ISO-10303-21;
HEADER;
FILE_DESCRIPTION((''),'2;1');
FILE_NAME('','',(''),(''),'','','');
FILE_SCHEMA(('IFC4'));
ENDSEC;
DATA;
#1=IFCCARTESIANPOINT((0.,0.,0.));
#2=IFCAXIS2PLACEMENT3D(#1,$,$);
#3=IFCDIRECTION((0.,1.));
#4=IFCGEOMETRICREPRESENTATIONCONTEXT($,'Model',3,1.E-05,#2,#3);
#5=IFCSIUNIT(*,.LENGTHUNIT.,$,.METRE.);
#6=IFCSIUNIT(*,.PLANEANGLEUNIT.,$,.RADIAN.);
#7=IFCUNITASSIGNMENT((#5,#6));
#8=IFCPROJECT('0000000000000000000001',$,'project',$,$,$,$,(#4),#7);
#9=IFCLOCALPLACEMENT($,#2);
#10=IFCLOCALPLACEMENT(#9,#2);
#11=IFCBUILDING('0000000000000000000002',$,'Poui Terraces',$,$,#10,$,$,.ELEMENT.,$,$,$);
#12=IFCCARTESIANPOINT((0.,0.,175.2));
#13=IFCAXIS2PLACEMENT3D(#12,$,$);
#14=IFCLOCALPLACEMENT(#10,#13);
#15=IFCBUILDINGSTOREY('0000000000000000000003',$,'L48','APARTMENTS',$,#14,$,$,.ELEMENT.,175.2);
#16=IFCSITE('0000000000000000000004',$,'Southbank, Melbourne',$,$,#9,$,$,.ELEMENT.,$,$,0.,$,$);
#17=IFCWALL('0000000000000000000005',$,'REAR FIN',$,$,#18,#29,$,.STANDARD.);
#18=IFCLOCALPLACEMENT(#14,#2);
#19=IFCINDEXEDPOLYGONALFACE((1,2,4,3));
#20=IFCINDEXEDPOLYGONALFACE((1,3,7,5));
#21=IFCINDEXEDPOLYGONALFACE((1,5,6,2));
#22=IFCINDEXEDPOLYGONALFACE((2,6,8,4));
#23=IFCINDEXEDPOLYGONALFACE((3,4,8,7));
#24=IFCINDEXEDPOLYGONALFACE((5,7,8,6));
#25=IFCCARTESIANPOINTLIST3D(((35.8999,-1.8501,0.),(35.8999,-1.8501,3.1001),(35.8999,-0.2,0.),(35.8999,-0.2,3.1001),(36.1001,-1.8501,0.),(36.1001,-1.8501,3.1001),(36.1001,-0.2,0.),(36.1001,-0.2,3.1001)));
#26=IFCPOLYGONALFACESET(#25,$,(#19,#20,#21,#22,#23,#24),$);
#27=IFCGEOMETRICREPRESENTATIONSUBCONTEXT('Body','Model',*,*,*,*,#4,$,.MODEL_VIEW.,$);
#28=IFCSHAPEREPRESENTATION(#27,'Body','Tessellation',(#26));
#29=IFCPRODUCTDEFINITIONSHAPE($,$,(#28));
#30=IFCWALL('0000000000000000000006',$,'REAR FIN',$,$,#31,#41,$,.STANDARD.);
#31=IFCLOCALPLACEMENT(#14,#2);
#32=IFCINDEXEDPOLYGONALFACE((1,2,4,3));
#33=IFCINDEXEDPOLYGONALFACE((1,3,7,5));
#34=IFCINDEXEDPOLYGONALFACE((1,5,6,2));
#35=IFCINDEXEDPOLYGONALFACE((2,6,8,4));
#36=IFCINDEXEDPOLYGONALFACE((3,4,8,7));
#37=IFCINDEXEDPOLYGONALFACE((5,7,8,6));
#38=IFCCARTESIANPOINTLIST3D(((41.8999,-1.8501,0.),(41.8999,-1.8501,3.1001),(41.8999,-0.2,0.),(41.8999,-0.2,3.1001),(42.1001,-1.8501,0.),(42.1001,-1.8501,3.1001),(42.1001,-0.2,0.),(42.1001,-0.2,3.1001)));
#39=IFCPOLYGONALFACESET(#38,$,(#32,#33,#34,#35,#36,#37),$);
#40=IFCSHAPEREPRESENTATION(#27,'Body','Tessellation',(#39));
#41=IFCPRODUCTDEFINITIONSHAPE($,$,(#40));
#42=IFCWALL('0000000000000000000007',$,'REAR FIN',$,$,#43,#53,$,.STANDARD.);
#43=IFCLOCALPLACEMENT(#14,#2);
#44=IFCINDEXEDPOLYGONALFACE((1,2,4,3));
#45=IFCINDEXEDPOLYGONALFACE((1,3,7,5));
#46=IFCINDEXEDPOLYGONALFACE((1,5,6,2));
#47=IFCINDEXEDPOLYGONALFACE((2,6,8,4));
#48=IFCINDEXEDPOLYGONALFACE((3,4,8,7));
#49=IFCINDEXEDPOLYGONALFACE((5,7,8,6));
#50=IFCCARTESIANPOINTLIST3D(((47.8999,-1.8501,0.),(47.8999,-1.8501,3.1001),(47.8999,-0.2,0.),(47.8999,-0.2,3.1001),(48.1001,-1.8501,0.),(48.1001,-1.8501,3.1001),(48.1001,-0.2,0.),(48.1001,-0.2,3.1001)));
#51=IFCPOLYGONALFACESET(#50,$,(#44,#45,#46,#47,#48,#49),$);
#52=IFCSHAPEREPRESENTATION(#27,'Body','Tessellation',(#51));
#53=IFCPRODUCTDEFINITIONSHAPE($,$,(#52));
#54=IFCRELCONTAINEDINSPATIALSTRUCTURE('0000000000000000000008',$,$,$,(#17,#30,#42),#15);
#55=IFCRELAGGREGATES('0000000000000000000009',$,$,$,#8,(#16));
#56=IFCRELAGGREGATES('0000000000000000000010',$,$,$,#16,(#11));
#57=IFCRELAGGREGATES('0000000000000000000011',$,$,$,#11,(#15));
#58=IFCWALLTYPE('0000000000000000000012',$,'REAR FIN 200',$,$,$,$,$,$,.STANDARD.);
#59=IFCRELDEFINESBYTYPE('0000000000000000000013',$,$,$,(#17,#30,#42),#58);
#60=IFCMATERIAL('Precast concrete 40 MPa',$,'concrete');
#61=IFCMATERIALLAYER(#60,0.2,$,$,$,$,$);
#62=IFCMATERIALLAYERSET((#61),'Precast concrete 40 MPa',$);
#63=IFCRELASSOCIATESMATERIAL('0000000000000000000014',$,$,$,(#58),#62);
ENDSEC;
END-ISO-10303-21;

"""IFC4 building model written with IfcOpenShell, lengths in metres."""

from ifc_helpers import new_model, si_unit, direction, frame, origin, place, context, subcontext, project, spatial, polyline, outline, extrude, source, transform, mapped, material, layer, layer_set, type_object, element, save


model = new_model("IFC4")

# Units and contexts
model_context = context("Model", 3, precision=1e-05, world=origin(), true_north=direction((0.0, 1.0)))
body_context = subcontext(model_context, "Body", "Model", "MODEL_VIEW")
ifc_project = project(units=[si_unit("LENGTHUNIT", "METRE"), si_unit("PLANEANGLEUNIT", "RADIAN")], contexts=[model_context])

# Site, building, storey
site_placement = place(None, origin())
site = spatial("IfcSite", under=ifc_project, at=site_placement, Name="Southbank, Melbourne", CompositionType="ELEMENT", RefElevation=0.0)
building_placement = place(site_placement, origin())
building = spatial("IfcBuilding", under=site, at=building_placement, Name="Poui Terraces", CompositionType="ELEMENT")
storey_placement = place(building_placement, frame((0.0, 0.0, 175.2)))
storey = spatial("IfcBuildingStorey", under=building, at=storey_placement, Name="L48", Description="APARTMENTS", CompositionType="ELEMENT", Elevation=175.2)

# Shared definitions
ifc_material_1 = material(Name="Precast concrete 40 MPa", Category="concrete")

# Walls
ifc_layer_1 = layer(ifc_material_1, 0.2)
ifc_layer_set_1 = layer_set([ifc_layer_1], Name="Precast concrete 40 MPa")
wall_type_1 = type_object("IfcWallType", Name="REAR FIN 200", PredefinedType="STANDARD", material=ifc_layer_set_1)
shared_shape_1 = source(origin(), body_context, "Body", "SweptSolid", [
    extrude(outline(polyline([(0.0, 0.0), (0.2002, 0.0), (0.2002, 1.6501), (0.0, 1.6501), (0.0, 0.0)])), origin(), (0.0, 0.0, 1.0), 3.1001),
])
for number, where, name in (
    (1, (35.8999, -1.8501, 0.0), "REAR FIN"),
    (2, (41.8999, -1.8501, 0.0), "REAR FIN"),
    (3, (47.8999, -1.8501, 0.0), "REAR FIN"),
):
    element("IfcWall", number, at=place(storey_placement, frame(where)), inside=storey, type_object=wall_type_1, Name=name, PredefinedType="STANDARD", context=body_context, shape_type="MappedRepresentation", body=[
        mapped(shared_shape_1, transform((0.0, 0.0, 0.0))),
    ])

save(model, "model.ifc")
